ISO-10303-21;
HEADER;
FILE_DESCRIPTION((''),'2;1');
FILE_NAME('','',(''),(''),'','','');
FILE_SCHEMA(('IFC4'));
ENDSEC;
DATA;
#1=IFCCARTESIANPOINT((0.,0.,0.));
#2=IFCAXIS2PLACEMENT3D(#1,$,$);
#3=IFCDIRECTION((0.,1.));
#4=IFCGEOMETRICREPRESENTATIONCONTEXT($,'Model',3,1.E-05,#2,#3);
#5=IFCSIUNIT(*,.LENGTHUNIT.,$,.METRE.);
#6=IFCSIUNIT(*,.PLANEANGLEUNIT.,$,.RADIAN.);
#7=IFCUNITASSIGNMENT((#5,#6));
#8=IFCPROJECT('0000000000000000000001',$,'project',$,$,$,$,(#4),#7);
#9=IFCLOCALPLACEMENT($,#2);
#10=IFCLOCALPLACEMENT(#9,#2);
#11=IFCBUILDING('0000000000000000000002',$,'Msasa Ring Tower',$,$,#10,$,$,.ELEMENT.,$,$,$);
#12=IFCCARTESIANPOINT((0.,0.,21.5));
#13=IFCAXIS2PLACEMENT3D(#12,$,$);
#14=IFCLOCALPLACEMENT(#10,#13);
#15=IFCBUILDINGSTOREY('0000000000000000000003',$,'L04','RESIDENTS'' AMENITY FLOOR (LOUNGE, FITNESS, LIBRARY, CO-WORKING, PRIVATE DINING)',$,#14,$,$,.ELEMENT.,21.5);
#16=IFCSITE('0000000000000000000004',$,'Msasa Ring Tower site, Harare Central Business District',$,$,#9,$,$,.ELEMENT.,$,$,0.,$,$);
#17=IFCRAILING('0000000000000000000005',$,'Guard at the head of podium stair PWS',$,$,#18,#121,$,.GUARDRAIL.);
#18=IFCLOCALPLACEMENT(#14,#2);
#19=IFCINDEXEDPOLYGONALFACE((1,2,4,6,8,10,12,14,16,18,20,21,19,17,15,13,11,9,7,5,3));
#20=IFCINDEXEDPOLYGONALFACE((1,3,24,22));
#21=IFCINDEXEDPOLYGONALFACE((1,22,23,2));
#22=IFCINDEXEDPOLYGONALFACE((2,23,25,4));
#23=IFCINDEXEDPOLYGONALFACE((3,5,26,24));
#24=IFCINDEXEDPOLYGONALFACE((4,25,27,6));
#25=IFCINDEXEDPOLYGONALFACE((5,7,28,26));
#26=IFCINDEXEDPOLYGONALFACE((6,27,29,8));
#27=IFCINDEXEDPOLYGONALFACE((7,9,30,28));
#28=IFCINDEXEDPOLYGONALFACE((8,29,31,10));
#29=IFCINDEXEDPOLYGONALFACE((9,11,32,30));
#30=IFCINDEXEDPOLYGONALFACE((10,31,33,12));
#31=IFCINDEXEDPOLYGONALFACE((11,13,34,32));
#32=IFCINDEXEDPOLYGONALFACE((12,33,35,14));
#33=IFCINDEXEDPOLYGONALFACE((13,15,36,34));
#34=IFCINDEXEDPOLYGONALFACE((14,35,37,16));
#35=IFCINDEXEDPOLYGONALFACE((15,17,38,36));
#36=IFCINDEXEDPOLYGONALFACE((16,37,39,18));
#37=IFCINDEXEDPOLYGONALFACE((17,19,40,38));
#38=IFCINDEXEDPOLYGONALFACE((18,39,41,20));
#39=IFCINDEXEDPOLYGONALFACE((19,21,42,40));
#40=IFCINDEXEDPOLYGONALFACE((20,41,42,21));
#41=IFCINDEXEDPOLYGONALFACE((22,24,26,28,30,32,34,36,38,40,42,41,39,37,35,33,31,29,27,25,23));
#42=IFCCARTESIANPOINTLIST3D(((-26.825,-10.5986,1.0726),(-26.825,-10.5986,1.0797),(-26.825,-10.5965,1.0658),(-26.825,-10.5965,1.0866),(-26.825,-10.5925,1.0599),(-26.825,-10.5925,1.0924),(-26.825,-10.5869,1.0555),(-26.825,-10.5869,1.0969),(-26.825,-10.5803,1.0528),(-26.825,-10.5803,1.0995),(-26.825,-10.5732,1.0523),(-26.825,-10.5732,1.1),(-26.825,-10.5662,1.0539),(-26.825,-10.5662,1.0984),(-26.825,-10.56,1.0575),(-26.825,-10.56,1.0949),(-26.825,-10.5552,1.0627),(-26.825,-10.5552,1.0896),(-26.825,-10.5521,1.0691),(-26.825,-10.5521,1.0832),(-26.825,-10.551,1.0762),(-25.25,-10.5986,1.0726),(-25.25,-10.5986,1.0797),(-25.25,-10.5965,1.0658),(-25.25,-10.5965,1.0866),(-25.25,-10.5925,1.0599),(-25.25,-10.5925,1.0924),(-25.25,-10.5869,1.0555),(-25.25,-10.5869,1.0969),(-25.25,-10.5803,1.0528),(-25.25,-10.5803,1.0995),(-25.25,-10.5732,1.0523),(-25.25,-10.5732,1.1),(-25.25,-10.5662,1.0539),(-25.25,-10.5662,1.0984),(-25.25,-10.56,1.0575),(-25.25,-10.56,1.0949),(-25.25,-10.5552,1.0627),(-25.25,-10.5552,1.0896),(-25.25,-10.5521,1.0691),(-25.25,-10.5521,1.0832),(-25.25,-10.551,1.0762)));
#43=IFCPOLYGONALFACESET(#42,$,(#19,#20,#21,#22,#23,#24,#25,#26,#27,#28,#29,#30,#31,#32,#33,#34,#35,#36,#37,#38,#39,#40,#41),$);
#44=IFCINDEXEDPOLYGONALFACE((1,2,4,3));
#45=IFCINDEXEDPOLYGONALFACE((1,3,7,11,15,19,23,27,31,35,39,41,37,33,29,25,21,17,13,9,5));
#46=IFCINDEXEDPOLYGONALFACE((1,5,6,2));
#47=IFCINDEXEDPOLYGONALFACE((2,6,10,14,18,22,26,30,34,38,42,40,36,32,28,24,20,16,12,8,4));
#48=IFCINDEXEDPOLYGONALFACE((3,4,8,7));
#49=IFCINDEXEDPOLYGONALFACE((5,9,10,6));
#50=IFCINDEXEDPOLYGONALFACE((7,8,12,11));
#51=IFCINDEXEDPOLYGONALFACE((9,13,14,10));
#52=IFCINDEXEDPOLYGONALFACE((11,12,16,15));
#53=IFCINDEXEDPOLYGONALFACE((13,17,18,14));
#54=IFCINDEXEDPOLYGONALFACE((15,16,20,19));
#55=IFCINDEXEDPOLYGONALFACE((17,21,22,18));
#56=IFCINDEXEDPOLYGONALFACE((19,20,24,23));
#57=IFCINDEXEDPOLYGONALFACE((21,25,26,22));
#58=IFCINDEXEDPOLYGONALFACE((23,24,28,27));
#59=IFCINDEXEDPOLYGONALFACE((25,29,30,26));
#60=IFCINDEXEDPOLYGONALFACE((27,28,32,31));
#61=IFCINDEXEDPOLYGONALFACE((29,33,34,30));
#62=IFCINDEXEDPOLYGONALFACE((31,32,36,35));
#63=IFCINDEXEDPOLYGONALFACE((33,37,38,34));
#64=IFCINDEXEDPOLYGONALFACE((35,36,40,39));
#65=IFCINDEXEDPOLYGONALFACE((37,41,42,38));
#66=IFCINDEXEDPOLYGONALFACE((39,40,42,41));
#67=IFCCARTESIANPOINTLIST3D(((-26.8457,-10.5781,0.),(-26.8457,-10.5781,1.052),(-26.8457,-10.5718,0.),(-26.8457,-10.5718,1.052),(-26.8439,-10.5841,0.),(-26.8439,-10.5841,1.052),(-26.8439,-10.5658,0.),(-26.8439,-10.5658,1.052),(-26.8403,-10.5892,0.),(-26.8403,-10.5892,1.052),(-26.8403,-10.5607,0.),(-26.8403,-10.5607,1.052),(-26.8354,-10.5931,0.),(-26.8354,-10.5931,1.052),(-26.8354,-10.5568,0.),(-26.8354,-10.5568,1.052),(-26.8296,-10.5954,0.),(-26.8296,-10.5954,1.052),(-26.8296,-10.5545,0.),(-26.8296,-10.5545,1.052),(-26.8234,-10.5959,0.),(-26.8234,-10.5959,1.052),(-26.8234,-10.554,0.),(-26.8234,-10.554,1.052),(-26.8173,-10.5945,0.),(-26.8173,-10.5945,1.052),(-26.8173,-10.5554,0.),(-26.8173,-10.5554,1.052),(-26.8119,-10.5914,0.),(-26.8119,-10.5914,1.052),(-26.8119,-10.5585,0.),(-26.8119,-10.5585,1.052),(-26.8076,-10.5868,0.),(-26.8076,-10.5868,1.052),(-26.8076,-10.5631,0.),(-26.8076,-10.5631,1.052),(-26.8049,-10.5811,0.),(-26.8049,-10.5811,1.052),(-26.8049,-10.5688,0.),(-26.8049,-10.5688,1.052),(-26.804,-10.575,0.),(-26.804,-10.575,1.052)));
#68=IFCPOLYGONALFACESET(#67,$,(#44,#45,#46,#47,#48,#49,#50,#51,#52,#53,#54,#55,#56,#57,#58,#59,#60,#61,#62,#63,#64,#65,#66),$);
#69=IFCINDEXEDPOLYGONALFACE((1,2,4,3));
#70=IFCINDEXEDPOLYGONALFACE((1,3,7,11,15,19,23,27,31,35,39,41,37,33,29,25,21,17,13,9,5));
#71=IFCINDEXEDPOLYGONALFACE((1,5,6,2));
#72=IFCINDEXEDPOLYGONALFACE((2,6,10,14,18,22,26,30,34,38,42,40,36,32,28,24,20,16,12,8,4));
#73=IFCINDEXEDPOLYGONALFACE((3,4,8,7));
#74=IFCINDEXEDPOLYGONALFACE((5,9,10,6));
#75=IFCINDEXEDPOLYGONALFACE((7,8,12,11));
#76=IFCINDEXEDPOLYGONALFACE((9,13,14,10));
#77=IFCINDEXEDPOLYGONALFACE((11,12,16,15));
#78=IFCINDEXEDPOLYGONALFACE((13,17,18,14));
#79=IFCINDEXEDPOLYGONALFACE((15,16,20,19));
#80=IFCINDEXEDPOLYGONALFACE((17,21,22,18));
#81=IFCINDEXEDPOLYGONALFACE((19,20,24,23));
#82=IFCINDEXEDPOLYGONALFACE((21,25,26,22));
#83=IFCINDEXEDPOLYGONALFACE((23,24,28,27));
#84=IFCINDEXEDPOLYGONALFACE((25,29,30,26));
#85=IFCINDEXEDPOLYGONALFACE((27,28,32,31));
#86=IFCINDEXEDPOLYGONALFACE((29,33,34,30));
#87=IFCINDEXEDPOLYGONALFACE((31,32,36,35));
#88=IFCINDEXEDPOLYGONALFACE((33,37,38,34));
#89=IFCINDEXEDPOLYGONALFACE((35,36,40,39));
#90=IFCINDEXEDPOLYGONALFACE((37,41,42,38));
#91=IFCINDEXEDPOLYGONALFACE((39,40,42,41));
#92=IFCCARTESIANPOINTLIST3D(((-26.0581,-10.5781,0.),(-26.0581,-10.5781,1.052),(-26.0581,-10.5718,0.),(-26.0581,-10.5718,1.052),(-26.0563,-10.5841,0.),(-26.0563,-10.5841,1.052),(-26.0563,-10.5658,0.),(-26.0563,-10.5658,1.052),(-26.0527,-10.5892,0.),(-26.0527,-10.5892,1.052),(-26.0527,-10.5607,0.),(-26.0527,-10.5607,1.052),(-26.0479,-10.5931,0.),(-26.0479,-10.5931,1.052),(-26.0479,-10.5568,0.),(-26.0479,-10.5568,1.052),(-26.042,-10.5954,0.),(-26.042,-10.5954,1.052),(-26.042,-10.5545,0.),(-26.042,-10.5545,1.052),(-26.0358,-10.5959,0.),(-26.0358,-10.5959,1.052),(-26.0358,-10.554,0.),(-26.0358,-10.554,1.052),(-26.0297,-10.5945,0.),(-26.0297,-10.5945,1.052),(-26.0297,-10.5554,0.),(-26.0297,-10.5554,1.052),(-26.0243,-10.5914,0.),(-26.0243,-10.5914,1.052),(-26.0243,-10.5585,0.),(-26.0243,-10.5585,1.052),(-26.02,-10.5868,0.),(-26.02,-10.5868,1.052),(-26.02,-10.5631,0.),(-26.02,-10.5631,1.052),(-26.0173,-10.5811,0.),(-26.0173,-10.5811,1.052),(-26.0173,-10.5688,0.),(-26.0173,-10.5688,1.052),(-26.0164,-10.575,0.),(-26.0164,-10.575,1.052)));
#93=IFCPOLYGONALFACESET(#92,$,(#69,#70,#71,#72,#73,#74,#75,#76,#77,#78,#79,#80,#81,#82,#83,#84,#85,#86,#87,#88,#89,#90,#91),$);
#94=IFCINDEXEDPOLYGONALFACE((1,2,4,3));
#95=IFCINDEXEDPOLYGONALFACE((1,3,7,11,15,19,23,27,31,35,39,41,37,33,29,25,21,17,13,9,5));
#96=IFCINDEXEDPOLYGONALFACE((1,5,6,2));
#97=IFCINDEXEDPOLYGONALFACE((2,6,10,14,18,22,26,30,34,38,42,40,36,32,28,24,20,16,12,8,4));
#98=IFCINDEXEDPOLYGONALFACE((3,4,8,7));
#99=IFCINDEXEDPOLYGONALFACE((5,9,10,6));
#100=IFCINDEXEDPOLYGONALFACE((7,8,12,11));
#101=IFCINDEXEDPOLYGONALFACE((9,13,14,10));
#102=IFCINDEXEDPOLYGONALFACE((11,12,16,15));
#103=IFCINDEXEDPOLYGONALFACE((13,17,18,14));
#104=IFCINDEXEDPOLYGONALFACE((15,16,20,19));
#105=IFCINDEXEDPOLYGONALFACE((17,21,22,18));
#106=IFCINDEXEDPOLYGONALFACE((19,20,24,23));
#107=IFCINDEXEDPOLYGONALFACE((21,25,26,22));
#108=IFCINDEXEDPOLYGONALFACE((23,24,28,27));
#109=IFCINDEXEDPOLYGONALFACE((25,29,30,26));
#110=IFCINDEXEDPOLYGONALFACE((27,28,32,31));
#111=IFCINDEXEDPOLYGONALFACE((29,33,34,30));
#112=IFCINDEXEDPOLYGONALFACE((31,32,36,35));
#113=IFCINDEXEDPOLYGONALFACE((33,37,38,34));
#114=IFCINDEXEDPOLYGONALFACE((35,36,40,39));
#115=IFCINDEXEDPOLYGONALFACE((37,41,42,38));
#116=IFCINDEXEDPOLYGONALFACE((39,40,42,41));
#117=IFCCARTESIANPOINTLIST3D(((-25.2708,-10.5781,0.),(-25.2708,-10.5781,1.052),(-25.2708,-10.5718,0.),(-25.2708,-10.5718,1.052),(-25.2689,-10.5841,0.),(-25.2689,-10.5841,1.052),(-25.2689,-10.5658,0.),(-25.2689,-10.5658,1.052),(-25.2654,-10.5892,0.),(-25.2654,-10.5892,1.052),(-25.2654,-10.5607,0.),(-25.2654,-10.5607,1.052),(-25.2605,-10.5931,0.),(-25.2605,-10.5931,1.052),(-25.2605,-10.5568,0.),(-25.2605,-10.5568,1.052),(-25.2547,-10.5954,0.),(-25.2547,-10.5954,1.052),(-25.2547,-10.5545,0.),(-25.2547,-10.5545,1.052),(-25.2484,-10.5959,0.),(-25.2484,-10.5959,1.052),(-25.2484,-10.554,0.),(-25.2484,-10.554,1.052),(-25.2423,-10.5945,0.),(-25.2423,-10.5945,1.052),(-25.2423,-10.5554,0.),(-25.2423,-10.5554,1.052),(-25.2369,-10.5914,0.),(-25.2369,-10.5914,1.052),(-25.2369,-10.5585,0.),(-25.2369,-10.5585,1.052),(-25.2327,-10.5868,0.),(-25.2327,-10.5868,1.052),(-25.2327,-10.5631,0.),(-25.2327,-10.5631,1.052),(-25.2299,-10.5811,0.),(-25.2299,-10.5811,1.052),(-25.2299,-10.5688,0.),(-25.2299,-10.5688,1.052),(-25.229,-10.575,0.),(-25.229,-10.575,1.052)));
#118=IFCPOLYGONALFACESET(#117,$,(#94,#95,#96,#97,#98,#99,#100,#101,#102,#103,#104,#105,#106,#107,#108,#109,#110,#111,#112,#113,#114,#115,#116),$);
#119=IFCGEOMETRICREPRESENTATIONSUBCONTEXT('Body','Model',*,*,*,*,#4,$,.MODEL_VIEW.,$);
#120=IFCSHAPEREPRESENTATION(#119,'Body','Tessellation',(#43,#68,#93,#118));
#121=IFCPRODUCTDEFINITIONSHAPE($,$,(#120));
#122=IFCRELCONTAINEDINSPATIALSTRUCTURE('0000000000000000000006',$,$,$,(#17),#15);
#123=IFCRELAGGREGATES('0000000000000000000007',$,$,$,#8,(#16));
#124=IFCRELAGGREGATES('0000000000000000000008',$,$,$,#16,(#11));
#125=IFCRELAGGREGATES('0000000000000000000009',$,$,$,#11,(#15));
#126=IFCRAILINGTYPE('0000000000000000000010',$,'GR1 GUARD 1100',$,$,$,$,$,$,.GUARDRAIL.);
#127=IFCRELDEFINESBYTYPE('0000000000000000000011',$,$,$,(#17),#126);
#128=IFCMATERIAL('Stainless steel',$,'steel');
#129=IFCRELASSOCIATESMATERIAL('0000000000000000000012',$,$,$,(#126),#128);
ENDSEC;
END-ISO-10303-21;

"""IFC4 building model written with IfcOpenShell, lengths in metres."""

from ifc_helpers import new_model, si_unit, direction, frame, origin, origin_2d, place, context, subcontext, project, spatial, circle, extrude, material, type_object, element, save


model = new_model("IFC4")

# Units and contexts
model_context = context("Model", 3, precision=1e-05, world=origin(), true_north=direction((0.0, 1.0)))
body_context = subcontext(model_context, "Body", "Model", "MODEL_VIEW")
ifc_project = project(units=[si_unit("LENGTHUNIT", "METRE"), si_unit("PLANEANGLEUNIT", "RADIAN")], contexts=[model_context])

# Site, building, storey
site_placement = place(None, origin())
site = spatial("IfcSite", under=ifc_project, at=site_placement, Name="Msasa Ring Tower site, Harare Central Business District", CompositionType="ELEMENT", RefElevation=0.0)
building_placement = place(site_placement, origin())
building = spatial("IfcBuilding", under=site, at=building_placement, Name="Msasa Ring Tower", CompositionType="ELEMENT")
storey_placement = place(building_placement, frame((0.0, 0.0, 21.5)))
storey = spatial("IfcBuildingStorey", under=building, at=storey_placement, Name="L04", Description="RESIDENTS' AMENITY FLOOR (LOUNGE, FITNESS, LIBRARY, CO-WORKING, PRIVATE DINING)", CompositionType="ELEMENT", Elevation=21.5)

# Railing
ifc_material_1 = material(Name="Stainless steel", Category="steel")
railing_type = type_object("IfcRailingType", Name="GR1 GUARD 1100", PredefinedType="GUARDRAIL", material=ifc_material_1)
railing_placement = place(storey_placement, frame((-26.825, -10.575, 0.0)))
element("IfcRailing", 1, at=railing_placement, inside=storey, type_object=railing_type, Name="Guard at the head of podium stair PWS", PredefinedType="GUARDRAIL", context=body_context, shape_type="SweptSolid", body=[
    extrude(circle(Radius=0.0239, at=origin_2d()), frame((0.0, 0.0, 1.0762), z_axis=(1.0, 0.0, 0.0), x_axis=(0.0, 1.0, 0.0)), (0.0, 0.0, 1.0), 1.575),
    extrude(circle(Radius=0.021, at=origin_2d()), origin(), (0.0, 0.0, 1.0), 1.052),
    extrude(circle(Radius=0.021, at=origin_2d()), frame((0.7876, 0.0, 0.0)), (0.0, 0.0, 1.0), 1.052),
    extrude(circle(Radius=0.021, at=origin_2d()), frame((1.575, 0.0, 0.0)), (0.0, 0.0, 1.0), 1.052),
])

save(model, "model.ifc")
